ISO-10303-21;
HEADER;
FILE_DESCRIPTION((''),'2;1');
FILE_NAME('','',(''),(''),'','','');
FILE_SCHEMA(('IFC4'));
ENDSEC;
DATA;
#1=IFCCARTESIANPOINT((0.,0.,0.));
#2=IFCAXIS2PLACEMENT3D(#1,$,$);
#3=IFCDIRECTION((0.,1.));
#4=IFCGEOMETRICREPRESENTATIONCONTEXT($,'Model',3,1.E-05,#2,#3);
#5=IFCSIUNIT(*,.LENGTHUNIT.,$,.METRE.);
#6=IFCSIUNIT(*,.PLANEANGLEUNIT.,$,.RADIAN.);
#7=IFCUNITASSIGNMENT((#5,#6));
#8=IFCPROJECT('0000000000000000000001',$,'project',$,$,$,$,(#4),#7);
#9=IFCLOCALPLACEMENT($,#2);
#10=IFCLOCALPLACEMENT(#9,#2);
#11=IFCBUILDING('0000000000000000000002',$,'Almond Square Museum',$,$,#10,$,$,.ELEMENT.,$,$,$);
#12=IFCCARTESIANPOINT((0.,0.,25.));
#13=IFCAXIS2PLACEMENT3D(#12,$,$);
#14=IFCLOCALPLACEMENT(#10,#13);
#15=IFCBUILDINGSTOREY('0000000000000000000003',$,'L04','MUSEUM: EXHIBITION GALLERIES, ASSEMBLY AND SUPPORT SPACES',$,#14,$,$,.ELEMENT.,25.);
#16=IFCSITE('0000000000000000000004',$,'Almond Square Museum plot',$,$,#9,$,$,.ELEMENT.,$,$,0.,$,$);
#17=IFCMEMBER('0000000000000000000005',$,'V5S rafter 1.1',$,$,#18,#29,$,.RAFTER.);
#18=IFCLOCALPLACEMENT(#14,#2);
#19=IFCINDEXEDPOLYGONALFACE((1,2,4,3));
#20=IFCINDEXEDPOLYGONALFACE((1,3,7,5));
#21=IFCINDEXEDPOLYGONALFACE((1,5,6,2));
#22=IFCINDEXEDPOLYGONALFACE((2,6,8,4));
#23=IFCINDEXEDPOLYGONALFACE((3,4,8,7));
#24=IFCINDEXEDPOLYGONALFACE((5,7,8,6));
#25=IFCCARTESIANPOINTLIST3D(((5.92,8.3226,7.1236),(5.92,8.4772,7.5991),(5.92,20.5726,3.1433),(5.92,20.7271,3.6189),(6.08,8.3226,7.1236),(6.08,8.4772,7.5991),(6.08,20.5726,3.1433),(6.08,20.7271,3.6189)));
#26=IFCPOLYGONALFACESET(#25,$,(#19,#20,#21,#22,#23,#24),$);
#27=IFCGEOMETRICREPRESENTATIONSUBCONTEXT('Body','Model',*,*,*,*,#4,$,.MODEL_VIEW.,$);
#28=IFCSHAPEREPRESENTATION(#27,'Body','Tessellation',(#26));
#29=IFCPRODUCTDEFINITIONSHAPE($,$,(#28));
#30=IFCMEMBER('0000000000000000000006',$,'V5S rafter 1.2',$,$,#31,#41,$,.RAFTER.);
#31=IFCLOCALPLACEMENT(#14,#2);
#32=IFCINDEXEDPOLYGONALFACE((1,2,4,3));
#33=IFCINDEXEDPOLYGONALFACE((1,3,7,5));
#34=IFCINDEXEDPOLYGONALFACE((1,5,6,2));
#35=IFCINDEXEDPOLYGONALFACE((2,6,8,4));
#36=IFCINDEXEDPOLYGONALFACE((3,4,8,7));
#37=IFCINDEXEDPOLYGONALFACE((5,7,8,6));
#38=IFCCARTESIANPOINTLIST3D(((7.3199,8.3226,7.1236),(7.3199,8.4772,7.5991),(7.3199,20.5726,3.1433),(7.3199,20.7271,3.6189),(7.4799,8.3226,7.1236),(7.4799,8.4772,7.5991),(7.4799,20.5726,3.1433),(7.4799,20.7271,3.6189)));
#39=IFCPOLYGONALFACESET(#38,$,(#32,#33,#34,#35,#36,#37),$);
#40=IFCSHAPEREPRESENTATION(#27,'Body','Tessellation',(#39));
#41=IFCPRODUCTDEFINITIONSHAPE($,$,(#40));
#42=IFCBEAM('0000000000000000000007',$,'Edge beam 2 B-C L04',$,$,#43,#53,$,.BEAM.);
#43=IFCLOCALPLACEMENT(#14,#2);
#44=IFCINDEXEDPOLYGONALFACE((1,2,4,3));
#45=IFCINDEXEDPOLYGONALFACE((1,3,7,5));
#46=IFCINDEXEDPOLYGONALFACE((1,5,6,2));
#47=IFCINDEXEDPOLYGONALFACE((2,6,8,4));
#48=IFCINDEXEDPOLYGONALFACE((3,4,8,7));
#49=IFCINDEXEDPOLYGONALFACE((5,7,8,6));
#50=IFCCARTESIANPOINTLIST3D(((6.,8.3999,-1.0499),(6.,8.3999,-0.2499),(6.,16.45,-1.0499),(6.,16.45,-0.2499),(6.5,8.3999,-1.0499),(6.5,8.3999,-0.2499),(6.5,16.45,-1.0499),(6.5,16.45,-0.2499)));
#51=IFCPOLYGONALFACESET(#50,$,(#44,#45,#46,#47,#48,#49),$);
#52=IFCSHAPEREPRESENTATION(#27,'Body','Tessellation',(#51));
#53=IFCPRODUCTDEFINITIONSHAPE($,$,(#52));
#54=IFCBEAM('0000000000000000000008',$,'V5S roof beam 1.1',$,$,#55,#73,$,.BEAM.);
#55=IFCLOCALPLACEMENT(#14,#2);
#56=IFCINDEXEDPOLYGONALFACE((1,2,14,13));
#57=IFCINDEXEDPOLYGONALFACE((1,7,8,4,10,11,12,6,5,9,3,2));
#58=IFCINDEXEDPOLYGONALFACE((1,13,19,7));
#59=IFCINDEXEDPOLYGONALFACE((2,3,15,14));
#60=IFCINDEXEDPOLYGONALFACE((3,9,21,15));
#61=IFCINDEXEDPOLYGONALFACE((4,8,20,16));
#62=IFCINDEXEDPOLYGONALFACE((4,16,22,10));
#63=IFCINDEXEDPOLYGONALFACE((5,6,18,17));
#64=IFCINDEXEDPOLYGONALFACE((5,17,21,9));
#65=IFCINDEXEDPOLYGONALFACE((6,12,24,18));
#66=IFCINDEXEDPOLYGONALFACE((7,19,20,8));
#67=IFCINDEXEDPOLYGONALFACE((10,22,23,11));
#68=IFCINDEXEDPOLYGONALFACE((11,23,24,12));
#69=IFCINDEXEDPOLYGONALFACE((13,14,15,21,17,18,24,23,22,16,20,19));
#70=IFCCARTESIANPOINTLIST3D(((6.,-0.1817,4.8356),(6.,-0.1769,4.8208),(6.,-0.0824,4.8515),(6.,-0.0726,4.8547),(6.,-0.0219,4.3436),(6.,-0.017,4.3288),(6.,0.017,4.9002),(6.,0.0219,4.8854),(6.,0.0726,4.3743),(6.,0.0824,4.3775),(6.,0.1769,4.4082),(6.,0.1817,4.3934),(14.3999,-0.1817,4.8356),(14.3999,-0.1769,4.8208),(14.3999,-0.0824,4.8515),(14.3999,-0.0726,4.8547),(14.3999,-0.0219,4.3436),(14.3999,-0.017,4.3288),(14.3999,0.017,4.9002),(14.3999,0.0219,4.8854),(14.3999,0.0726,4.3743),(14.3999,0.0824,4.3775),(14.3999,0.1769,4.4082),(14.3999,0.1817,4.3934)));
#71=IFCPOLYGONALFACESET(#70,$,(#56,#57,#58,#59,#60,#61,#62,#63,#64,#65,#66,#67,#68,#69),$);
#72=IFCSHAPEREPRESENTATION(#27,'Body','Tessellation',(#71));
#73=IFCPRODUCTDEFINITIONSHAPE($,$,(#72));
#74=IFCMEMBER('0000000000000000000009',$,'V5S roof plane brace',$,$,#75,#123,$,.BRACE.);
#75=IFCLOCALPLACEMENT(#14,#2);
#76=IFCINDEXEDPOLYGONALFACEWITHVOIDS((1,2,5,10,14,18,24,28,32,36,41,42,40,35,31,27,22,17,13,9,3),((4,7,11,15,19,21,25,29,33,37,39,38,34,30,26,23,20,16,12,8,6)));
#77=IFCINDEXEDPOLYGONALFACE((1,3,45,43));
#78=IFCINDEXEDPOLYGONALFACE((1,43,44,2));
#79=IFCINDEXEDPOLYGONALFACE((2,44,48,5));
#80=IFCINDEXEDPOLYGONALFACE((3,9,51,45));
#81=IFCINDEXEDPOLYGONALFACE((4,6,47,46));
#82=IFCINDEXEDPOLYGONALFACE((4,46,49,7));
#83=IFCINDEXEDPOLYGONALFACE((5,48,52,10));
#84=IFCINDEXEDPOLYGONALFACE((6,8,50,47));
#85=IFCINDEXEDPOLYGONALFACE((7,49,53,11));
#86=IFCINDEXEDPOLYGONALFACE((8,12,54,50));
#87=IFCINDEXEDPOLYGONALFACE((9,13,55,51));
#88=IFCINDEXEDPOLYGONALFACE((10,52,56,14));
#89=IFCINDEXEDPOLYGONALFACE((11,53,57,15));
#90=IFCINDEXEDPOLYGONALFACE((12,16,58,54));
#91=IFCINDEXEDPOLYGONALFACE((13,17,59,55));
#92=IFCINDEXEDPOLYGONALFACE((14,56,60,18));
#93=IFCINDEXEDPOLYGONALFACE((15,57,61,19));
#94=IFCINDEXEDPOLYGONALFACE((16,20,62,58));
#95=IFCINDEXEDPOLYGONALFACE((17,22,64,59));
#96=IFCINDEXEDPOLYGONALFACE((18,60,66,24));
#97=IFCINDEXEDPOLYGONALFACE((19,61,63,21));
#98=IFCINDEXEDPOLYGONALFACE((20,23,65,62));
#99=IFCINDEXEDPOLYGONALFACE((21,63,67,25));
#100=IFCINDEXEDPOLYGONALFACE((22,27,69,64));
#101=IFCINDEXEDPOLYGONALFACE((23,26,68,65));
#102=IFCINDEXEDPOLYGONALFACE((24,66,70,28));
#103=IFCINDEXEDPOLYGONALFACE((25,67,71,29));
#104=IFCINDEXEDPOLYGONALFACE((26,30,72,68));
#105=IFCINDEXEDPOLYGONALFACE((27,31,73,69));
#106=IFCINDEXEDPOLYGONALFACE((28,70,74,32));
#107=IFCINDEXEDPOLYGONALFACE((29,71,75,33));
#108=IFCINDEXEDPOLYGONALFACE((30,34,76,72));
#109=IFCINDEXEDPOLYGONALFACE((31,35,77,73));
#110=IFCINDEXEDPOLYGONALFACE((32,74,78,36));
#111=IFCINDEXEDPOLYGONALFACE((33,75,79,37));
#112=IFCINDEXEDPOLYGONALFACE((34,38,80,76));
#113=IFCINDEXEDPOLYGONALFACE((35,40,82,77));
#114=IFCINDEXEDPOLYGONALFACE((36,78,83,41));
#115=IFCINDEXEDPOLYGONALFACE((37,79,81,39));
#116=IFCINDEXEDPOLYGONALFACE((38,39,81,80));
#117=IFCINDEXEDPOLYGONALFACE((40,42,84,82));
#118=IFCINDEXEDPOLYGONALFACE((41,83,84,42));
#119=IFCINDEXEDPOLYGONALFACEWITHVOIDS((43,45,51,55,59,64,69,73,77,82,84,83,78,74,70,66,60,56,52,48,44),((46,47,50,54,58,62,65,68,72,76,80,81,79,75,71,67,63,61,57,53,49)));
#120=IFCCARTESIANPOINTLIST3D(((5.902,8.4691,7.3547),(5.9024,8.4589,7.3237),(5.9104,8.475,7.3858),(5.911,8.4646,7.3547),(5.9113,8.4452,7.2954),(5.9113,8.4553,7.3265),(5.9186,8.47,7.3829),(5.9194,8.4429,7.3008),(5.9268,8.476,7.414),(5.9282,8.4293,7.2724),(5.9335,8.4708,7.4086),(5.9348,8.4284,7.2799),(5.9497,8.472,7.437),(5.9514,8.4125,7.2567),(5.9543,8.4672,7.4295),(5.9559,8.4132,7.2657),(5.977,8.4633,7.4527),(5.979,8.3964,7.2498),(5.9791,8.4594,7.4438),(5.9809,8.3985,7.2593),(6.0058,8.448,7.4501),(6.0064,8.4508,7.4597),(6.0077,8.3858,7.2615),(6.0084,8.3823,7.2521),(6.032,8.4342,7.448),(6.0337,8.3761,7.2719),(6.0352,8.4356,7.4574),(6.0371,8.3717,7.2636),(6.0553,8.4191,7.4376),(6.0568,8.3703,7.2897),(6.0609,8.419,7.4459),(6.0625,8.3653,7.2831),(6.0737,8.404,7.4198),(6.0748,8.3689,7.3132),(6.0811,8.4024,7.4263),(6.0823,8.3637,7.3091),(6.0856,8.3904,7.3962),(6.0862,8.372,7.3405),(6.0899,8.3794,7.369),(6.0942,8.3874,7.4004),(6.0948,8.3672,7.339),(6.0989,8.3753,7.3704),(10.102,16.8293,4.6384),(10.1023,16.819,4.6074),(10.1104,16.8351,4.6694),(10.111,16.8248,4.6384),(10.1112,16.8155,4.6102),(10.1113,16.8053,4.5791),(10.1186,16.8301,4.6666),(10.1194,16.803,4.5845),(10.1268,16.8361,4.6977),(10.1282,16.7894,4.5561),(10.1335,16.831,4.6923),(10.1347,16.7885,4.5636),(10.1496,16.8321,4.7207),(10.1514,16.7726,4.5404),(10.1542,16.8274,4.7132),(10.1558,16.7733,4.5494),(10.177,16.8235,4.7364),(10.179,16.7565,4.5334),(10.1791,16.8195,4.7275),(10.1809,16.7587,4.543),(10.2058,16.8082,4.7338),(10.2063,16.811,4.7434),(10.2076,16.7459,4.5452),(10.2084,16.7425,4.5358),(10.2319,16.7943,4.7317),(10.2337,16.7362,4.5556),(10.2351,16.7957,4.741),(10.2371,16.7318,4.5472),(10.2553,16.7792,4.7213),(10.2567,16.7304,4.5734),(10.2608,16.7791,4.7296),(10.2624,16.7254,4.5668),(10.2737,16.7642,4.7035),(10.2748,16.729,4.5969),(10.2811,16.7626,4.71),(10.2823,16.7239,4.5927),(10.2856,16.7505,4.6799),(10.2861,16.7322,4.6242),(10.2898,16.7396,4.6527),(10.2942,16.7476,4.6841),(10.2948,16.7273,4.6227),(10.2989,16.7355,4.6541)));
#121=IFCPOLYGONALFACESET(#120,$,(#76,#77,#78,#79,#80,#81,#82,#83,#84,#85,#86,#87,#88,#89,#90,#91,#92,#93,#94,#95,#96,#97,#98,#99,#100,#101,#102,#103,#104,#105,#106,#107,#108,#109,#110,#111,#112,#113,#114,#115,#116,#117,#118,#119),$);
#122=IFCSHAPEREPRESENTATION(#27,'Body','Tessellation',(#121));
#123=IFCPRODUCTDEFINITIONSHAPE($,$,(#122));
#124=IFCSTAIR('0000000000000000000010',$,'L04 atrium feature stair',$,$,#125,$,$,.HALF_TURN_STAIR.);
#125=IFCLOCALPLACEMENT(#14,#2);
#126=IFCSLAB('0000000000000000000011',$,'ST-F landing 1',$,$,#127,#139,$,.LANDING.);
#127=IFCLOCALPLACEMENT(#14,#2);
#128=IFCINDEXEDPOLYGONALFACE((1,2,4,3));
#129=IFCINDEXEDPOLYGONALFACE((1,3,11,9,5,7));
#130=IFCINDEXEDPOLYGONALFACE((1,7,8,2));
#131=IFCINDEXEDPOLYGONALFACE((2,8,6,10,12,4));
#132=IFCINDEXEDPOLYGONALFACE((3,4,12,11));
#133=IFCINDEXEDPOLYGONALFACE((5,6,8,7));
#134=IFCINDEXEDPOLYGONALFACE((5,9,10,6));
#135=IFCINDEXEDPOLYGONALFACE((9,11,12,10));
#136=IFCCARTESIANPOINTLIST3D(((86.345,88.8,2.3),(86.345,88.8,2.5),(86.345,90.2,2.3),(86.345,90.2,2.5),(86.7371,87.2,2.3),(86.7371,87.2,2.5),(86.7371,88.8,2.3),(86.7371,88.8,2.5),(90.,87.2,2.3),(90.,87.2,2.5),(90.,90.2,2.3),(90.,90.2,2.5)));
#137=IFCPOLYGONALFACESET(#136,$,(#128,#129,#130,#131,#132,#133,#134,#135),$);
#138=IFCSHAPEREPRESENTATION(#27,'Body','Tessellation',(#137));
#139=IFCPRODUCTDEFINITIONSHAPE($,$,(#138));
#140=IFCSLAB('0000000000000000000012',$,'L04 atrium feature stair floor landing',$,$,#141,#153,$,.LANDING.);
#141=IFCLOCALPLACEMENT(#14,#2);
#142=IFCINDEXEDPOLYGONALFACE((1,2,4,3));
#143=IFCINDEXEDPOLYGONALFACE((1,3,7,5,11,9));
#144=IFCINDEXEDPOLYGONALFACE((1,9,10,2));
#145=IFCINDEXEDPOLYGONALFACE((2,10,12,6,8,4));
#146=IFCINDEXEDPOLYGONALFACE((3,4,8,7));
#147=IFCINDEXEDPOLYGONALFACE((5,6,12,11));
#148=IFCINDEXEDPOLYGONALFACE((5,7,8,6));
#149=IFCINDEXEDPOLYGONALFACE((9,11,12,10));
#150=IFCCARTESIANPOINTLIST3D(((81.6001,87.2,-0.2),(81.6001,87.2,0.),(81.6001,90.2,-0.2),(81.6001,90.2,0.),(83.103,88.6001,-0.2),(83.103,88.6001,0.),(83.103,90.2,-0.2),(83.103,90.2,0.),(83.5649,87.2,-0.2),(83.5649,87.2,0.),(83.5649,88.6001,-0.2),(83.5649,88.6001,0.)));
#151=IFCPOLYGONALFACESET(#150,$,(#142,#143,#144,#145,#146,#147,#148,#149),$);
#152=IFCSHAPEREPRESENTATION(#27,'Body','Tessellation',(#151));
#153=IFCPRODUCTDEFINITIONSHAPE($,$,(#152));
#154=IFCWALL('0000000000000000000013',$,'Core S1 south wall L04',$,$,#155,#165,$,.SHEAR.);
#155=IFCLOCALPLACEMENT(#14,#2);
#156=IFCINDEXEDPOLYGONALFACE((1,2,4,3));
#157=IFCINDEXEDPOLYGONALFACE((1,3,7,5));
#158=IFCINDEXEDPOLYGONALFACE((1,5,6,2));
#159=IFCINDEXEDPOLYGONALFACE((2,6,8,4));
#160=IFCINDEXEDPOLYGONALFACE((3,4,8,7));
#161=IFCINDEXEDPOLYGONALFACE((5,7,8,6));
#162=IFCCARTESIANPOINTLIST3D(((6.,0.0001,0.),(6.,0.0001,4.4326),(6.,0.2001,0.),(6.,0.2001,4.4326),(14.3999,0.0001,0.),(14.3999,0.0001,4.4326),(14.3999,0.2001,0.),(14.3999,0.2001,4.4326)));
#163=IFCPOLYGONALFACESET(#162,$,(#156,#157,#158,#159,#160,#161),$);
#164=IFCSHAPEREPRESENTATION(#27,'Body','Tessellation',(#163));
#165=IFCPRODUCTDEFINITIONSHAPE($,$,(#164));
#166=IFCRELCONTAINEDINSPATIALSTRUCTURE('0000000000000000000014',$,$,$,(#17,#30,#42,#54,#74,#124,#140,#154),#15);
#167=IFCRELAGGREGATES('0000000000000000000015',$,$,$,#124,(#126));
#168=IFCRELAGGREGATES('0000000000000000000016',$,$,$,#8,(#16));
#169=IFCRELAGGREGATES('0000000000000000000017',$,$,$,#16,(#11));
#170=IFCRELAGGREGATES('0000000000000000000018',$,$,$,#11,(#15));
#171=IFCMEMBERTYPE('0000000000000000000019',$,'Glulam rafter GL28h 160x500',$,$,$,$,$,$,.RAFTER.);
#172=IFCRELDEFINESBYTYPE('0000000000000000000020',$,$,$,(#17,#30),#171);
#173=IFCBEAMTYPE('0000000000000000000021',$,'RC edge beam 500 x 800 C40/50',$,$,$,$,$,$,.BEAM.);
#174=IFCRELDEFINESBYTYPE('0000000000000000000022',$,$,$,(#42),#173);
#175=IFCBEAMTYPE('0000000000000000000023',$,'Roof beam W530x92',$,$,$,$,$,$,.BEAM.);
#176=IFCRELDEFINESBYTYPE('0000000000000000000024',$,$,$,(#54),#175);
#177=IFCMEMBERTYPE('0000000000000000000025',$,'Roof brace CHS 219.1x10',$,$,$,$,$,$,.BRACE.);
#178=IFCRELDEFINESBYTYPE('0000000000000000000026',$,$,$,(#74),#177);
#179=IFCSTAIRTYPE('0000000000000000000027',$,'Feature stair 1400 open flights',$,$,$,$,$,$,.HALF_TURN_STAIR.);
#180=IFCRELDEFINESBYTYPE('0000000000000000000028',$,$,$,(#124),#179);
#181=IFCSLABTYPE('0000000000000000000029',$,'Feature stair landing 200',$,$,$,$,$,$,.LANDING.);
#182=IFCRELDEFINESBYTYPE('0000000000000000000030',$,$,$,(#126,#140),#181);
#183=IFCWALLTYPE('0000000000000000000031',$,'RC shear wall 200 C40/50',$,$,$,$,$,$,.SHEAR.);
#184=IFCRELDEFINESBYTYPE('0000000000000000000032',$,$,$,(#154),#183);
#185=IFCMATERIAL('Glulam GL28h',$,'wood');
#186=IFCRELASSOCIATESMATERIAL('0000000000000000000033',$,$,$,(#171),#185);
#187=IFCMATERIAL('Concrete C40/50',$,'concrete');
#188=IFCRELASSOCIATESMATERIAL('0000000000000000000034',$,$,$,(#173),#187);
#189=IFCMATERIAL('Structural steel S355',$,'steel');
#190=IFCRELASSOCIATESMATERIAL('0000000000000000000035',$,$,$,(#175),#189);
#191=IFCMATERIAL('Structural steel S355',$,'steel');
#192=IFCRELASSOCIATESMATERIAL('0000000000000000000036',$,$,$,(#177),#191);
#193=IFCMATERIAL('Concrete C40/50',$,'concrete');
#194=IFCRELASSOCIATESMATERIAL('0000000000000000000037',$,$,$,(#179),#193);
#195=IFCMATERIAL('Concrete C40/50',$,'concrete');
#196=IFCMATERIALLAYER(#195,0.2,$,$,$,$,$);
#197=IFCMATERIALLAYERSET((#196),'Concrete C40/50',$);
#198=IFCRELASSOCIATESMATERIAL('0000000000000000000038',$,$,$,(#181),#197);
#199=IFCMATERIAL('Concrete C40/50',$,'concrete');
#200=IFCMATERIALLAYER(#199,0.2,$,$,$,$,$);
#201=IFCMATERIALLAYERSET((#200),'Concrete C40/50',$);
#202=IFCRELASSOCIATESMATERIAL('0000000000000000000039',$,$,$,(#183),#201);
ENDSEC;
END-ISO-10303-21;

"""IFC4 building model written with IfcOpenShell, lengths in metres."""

from ifc_helpers import new_model, si_unit, direction, frame, frame_2d, origin, origin_2d, place, context, subcontext, project, spatial, polyline, rectangle, hollow_circle, i_section, outline, extrude, material, layer, layer_set, material_profile, profile_set, type_object, element, aggregate, save


model = new_model("IFC4")

# Units and contexts
model_context = context("Model", 3, precision=1e-05, world=origin(), true_north=direction((0.0, 1.0)))
body_context = subcontext(model_context, "Body", "Model", "MODEL_VIEW")
ifc_project = project(units=[si_unit("LENGTHUNIT", "METRE"), si_unit("PLANEANGLEUNIT", "RADIAN")], contexts=[model_context])

# Site, building, storey
site_placement = place(None, origin())
site = spatial("IfcSite", under=ifc_project, at=site_placement, Name="Almond Square Museum plot", CompositionType="ELEMENT", RefElevation=0.0)
building_placement = place(site_placement, origin())
building = spatial("IfcBuilding", under=site, at=building_placement, Name="Almond Square Museum", CompositionType="ELEMENT")
storey_placement = place(building_placement, frame((0.0, 0.0, 25.0)))
storey = spatial("IfcBuildingStorey", under=building, at=storey_placement, Name="L04", Description="MUSEUM: EXHIBITION GALLERIES, ASSEMBLY AND SUPPORT SPACES", CompositionType="ELEMENT", Elevation=25.0)

# Members
ifc_material_1 = material(Name="Glulam GL28h", Category="wood")
ifc_material_profile_1 = material_profile(ifc_material_1, rectangle(XDim=0.1599, YDim=0.5, at=origin_2d()))
ifc_profile_set_1 = profile_set([ifc_material_profile_1], Name="Glulam GL28h")
member_type_1 = type_object("IfcMemberType", Name="Glulam rafter GL28h 160x500", PredefinedType="RAFTER", material=ifc_profile_set_1)
for number, where, z_axis, x_axis, name in (
    (1, (6.0, 8.3999, 7.3613), (0.0, 0.951057, -0.309014), (-1.0, 0.0, 0.0), "V5S rafter 1.1"),
    (2, (7.3999, 8.3999, 7.3613), (0.0, 0.951057, -0.309014), (-1.0, 0.0, 0.0), "V5S rafter 1.2"),
):
    element("IfcMember", number, at=place(storey_placement, frame(where, z_axis=z_axis, x_axis=x_axis)), inside=storey, type_object=member_type_1, Name=name, PredefinedType="RAFTER", context=body_context, shape_type="SweptSolid", body=[
        extrude(rectangle(XDim=0.1599, YDim=0.5, at=origin_2d()), origin(), (0.0, 0.0, 1.0), 12.8804),
    ])

# Beams
ifc_material_2 = material(Name="Concrete C40/50", Category="concrete")
ifc_material_profile_2 = material_profile(ifc_material_2, rectangle(XDim=0.5, YDim=0.8, at=origin_2d()))
ifc_profile_set_2 = profile_set([ifc_material_profile_2], Name="Concrete C40/50")
beam_type_1 = type_object("IfcBeamType", Name="RC edge beam 500 x 800 C40/50", PredefinedType="BEAM", material=ifc_profile_set_2)
beam_1_placement = place(storey_placement, frame((6.25, 8.3999, -0.6499), z_axis=(0.0, 1.0, 0.0), x_axis=(-1.0, 0.0, 0.0)))
element("IfcBeam", 3, at=beam_1_placement, inside=storey, type_object=beam_type_1, Name="Edge beam 2 B-C L04", PredefinedType="BEAM", context=body_context, shape_type="SweptSolid", body=[
    extrude(rectangle(XDim=0.5, YDim=0.8, at=origin_2d()), origin(), (0.0, 0.0, 1.0), 8.05),
])
ifc_material_3 = material(Name="Structural steel S355", Category="steel")
ifc_material_profile_3 = material_profile(ifc_material_3, i_section(OverallWidth=0.209, OverallDepth=0.533, WebThickness=0.0103, FlangeThickness=0.0156, at=origin_2d()))
ifc_profile_set_3 = profile_set([ifc_material_profile_3], Name="Structural steel S355")
beam_type_2 = type_object("IfcBeamType", Name="Roof beam W530x92", PredefinedType="BEAM", material=ifc_profile_set_3)
beam_2_placement = place(storey_placement, frame((6.0, 0.0, 4.6145), z_axis=(1.0, 0.0, 0.0), x_axis=(0.0, 0.951057, 0.309017)))
element("IfcBeam", 4, at=beam_2_placement, inside=storey, type_object=beam_type_2, Name="V5S roof beam 1.1", PredefinedType="BEAM", context=body_context, shape_type="SweptSolid", body=[
    extrude(i_section(OverallWidth=0.209, OverallDepth=0.533, WebThickness=0.0103, FlangeThickness=0.0156, at=origin_2d()), origin(), (0.0, 0.0, 1.0), 8.3999),
])

# Member
ifc_material_4 = material(Name="Structural steel S355", Category="steel")
ifc_material_profile_4 = material_profile(ifc_material_4, hollow_circle(Radius=0.1096, WallThickness=0.01, at=origin_2d()))
ifc_profile_set_4 = profile_set([ifc_material_profile_4], Name="Structural steel S355")
member_type_2 = type_object("IfcMemberType", Name="Roof brace CHS 219.1x10", PredefinedType="BRACE", material=ifc_profile_set_4)
member_placement = place(storey_placement, frame((6.0, 8.4199, 7.3547), z_axis=(0.431112, 0.858139, -0.27882), x_axis=(-0.893575, 0.448914, 0.0)))
element("IfcMember", 5, at=member_placement, inside=storey, type_object=member_type_2, Name="V5S roof plane brace", PredefinedType="BRACE", context=body_context, shape_type="SweptSolid", body=[
    extrude(hollow_circle(Radius=0.1096, WallThickness=0.01, at=origin_2d()), origin(), (0.0, 0.0, 1.0), 9.7422),
])

# Stair, slab
ifc_material_5 = material(Name="Concrete C40/50", Category="concrete")
stair_type = type_object("IfcStairType", Name="Feature stair 1400 open flights", PredefinedType="HALF_TURN_STAIR", material=ifc_material_5)
stair_placement = place(storey_placement, origin())
stair = element("IfcStair", 6, at=stair_placement, inside=storey, type_object=stair_type, Name="L04 atrium feature stair", PredefinedType="HALF_TURN_STAIR")
ifc_material_6 = material(Name="Concrete C40/50", Category="concrete")
ifc_layer_1 = layer(ifc_material_6, 0.2)
ifc_layer_set_1 = layer_set([ifc_layer_1], Name="Concrete C40/50")
slab_type_1 = type_object("IfcSlabType", Name="Feature stair landing 200", PredefinedType="LANDING", material=ifc_layer_set_1)
slab_1_placement = place(storey_placement, frame((0.0, 0.0, 2.3)))
slab_1 = element("IfcSlab", 7, at=slab_1_placement, type_object=slab_type_1, Name="ST-F landing 1", PredefinedType="LANDING", context=body_context, shape_type="SweptSolid", body=[
    extrude(outline(polyline([(86.7371, 87.2), (90.0, 87.2), (90.0, 90.2), (86.345, 90.2), (86.345, 88.8), (86.7371, 88.8), (86.7371, 87.2)])), origin(), (0.0, 0.0, 1.0), 0.2),
])
aggregate(stair, [slab_1])

# Slab
slab_2_placement = place(storey_placement, frame((0.0, 0.0, -0.2)))
element("IfcSlab", 8, at=slab_2_placement, inside=storey, type_object=slab_type_1, Name="L04 atrium feature stair floor landing", PredefinedType="LANDING", context=body_context, shape_type="SweptSolid", body=[
    extrude(outline(polyline([(81.6001, 87.2), (83.5649, 87.2), (83.5649, 88.6001), (83.103, 88.6001), (83.103, 90.2), (81.6001, 90.2), (81.6001, 87.2)])), origin(), (0.0, 0.0, 1.0), 0.2),
])

# Wall
ifc_material_7 = material(Name="Concrete C40/50", Category="concrete")
ifc_layer_2 = layer(ifc_material_7, 0.2)
ifc_layer_set_2 = layer_set([ifc_layer_2], Name="Concrete C40/50")
wall_type_1 = type_object("IfcWallType", Name="RC shear wall 200 C40/50", PredefinedType="SHEAR", material=ifc_layer_set_2)
wall_1_placement = place(storey_placement, frame((6.0, 0.1001, 0.0), z_axis=(0.0, 0.0, 1.0), x_axis=(1.0, 0.0, 0.0)))
element("IfcWall", 9, at=wall_1_placement, inside=storey, type_object=wall_type_1, Name="Core S1 south wall L04", PredefinedType="SHEAR", context=body_context, shape_type="SweptSolid", body=[
    extrude(rectangle(XDim=8.3999, YDim=0.2, at=frame_2d((4.2, 0.0))), origin(), (0.0, 0.0, 1.0), 4.4326),
])

save(model, "model.ifc")
